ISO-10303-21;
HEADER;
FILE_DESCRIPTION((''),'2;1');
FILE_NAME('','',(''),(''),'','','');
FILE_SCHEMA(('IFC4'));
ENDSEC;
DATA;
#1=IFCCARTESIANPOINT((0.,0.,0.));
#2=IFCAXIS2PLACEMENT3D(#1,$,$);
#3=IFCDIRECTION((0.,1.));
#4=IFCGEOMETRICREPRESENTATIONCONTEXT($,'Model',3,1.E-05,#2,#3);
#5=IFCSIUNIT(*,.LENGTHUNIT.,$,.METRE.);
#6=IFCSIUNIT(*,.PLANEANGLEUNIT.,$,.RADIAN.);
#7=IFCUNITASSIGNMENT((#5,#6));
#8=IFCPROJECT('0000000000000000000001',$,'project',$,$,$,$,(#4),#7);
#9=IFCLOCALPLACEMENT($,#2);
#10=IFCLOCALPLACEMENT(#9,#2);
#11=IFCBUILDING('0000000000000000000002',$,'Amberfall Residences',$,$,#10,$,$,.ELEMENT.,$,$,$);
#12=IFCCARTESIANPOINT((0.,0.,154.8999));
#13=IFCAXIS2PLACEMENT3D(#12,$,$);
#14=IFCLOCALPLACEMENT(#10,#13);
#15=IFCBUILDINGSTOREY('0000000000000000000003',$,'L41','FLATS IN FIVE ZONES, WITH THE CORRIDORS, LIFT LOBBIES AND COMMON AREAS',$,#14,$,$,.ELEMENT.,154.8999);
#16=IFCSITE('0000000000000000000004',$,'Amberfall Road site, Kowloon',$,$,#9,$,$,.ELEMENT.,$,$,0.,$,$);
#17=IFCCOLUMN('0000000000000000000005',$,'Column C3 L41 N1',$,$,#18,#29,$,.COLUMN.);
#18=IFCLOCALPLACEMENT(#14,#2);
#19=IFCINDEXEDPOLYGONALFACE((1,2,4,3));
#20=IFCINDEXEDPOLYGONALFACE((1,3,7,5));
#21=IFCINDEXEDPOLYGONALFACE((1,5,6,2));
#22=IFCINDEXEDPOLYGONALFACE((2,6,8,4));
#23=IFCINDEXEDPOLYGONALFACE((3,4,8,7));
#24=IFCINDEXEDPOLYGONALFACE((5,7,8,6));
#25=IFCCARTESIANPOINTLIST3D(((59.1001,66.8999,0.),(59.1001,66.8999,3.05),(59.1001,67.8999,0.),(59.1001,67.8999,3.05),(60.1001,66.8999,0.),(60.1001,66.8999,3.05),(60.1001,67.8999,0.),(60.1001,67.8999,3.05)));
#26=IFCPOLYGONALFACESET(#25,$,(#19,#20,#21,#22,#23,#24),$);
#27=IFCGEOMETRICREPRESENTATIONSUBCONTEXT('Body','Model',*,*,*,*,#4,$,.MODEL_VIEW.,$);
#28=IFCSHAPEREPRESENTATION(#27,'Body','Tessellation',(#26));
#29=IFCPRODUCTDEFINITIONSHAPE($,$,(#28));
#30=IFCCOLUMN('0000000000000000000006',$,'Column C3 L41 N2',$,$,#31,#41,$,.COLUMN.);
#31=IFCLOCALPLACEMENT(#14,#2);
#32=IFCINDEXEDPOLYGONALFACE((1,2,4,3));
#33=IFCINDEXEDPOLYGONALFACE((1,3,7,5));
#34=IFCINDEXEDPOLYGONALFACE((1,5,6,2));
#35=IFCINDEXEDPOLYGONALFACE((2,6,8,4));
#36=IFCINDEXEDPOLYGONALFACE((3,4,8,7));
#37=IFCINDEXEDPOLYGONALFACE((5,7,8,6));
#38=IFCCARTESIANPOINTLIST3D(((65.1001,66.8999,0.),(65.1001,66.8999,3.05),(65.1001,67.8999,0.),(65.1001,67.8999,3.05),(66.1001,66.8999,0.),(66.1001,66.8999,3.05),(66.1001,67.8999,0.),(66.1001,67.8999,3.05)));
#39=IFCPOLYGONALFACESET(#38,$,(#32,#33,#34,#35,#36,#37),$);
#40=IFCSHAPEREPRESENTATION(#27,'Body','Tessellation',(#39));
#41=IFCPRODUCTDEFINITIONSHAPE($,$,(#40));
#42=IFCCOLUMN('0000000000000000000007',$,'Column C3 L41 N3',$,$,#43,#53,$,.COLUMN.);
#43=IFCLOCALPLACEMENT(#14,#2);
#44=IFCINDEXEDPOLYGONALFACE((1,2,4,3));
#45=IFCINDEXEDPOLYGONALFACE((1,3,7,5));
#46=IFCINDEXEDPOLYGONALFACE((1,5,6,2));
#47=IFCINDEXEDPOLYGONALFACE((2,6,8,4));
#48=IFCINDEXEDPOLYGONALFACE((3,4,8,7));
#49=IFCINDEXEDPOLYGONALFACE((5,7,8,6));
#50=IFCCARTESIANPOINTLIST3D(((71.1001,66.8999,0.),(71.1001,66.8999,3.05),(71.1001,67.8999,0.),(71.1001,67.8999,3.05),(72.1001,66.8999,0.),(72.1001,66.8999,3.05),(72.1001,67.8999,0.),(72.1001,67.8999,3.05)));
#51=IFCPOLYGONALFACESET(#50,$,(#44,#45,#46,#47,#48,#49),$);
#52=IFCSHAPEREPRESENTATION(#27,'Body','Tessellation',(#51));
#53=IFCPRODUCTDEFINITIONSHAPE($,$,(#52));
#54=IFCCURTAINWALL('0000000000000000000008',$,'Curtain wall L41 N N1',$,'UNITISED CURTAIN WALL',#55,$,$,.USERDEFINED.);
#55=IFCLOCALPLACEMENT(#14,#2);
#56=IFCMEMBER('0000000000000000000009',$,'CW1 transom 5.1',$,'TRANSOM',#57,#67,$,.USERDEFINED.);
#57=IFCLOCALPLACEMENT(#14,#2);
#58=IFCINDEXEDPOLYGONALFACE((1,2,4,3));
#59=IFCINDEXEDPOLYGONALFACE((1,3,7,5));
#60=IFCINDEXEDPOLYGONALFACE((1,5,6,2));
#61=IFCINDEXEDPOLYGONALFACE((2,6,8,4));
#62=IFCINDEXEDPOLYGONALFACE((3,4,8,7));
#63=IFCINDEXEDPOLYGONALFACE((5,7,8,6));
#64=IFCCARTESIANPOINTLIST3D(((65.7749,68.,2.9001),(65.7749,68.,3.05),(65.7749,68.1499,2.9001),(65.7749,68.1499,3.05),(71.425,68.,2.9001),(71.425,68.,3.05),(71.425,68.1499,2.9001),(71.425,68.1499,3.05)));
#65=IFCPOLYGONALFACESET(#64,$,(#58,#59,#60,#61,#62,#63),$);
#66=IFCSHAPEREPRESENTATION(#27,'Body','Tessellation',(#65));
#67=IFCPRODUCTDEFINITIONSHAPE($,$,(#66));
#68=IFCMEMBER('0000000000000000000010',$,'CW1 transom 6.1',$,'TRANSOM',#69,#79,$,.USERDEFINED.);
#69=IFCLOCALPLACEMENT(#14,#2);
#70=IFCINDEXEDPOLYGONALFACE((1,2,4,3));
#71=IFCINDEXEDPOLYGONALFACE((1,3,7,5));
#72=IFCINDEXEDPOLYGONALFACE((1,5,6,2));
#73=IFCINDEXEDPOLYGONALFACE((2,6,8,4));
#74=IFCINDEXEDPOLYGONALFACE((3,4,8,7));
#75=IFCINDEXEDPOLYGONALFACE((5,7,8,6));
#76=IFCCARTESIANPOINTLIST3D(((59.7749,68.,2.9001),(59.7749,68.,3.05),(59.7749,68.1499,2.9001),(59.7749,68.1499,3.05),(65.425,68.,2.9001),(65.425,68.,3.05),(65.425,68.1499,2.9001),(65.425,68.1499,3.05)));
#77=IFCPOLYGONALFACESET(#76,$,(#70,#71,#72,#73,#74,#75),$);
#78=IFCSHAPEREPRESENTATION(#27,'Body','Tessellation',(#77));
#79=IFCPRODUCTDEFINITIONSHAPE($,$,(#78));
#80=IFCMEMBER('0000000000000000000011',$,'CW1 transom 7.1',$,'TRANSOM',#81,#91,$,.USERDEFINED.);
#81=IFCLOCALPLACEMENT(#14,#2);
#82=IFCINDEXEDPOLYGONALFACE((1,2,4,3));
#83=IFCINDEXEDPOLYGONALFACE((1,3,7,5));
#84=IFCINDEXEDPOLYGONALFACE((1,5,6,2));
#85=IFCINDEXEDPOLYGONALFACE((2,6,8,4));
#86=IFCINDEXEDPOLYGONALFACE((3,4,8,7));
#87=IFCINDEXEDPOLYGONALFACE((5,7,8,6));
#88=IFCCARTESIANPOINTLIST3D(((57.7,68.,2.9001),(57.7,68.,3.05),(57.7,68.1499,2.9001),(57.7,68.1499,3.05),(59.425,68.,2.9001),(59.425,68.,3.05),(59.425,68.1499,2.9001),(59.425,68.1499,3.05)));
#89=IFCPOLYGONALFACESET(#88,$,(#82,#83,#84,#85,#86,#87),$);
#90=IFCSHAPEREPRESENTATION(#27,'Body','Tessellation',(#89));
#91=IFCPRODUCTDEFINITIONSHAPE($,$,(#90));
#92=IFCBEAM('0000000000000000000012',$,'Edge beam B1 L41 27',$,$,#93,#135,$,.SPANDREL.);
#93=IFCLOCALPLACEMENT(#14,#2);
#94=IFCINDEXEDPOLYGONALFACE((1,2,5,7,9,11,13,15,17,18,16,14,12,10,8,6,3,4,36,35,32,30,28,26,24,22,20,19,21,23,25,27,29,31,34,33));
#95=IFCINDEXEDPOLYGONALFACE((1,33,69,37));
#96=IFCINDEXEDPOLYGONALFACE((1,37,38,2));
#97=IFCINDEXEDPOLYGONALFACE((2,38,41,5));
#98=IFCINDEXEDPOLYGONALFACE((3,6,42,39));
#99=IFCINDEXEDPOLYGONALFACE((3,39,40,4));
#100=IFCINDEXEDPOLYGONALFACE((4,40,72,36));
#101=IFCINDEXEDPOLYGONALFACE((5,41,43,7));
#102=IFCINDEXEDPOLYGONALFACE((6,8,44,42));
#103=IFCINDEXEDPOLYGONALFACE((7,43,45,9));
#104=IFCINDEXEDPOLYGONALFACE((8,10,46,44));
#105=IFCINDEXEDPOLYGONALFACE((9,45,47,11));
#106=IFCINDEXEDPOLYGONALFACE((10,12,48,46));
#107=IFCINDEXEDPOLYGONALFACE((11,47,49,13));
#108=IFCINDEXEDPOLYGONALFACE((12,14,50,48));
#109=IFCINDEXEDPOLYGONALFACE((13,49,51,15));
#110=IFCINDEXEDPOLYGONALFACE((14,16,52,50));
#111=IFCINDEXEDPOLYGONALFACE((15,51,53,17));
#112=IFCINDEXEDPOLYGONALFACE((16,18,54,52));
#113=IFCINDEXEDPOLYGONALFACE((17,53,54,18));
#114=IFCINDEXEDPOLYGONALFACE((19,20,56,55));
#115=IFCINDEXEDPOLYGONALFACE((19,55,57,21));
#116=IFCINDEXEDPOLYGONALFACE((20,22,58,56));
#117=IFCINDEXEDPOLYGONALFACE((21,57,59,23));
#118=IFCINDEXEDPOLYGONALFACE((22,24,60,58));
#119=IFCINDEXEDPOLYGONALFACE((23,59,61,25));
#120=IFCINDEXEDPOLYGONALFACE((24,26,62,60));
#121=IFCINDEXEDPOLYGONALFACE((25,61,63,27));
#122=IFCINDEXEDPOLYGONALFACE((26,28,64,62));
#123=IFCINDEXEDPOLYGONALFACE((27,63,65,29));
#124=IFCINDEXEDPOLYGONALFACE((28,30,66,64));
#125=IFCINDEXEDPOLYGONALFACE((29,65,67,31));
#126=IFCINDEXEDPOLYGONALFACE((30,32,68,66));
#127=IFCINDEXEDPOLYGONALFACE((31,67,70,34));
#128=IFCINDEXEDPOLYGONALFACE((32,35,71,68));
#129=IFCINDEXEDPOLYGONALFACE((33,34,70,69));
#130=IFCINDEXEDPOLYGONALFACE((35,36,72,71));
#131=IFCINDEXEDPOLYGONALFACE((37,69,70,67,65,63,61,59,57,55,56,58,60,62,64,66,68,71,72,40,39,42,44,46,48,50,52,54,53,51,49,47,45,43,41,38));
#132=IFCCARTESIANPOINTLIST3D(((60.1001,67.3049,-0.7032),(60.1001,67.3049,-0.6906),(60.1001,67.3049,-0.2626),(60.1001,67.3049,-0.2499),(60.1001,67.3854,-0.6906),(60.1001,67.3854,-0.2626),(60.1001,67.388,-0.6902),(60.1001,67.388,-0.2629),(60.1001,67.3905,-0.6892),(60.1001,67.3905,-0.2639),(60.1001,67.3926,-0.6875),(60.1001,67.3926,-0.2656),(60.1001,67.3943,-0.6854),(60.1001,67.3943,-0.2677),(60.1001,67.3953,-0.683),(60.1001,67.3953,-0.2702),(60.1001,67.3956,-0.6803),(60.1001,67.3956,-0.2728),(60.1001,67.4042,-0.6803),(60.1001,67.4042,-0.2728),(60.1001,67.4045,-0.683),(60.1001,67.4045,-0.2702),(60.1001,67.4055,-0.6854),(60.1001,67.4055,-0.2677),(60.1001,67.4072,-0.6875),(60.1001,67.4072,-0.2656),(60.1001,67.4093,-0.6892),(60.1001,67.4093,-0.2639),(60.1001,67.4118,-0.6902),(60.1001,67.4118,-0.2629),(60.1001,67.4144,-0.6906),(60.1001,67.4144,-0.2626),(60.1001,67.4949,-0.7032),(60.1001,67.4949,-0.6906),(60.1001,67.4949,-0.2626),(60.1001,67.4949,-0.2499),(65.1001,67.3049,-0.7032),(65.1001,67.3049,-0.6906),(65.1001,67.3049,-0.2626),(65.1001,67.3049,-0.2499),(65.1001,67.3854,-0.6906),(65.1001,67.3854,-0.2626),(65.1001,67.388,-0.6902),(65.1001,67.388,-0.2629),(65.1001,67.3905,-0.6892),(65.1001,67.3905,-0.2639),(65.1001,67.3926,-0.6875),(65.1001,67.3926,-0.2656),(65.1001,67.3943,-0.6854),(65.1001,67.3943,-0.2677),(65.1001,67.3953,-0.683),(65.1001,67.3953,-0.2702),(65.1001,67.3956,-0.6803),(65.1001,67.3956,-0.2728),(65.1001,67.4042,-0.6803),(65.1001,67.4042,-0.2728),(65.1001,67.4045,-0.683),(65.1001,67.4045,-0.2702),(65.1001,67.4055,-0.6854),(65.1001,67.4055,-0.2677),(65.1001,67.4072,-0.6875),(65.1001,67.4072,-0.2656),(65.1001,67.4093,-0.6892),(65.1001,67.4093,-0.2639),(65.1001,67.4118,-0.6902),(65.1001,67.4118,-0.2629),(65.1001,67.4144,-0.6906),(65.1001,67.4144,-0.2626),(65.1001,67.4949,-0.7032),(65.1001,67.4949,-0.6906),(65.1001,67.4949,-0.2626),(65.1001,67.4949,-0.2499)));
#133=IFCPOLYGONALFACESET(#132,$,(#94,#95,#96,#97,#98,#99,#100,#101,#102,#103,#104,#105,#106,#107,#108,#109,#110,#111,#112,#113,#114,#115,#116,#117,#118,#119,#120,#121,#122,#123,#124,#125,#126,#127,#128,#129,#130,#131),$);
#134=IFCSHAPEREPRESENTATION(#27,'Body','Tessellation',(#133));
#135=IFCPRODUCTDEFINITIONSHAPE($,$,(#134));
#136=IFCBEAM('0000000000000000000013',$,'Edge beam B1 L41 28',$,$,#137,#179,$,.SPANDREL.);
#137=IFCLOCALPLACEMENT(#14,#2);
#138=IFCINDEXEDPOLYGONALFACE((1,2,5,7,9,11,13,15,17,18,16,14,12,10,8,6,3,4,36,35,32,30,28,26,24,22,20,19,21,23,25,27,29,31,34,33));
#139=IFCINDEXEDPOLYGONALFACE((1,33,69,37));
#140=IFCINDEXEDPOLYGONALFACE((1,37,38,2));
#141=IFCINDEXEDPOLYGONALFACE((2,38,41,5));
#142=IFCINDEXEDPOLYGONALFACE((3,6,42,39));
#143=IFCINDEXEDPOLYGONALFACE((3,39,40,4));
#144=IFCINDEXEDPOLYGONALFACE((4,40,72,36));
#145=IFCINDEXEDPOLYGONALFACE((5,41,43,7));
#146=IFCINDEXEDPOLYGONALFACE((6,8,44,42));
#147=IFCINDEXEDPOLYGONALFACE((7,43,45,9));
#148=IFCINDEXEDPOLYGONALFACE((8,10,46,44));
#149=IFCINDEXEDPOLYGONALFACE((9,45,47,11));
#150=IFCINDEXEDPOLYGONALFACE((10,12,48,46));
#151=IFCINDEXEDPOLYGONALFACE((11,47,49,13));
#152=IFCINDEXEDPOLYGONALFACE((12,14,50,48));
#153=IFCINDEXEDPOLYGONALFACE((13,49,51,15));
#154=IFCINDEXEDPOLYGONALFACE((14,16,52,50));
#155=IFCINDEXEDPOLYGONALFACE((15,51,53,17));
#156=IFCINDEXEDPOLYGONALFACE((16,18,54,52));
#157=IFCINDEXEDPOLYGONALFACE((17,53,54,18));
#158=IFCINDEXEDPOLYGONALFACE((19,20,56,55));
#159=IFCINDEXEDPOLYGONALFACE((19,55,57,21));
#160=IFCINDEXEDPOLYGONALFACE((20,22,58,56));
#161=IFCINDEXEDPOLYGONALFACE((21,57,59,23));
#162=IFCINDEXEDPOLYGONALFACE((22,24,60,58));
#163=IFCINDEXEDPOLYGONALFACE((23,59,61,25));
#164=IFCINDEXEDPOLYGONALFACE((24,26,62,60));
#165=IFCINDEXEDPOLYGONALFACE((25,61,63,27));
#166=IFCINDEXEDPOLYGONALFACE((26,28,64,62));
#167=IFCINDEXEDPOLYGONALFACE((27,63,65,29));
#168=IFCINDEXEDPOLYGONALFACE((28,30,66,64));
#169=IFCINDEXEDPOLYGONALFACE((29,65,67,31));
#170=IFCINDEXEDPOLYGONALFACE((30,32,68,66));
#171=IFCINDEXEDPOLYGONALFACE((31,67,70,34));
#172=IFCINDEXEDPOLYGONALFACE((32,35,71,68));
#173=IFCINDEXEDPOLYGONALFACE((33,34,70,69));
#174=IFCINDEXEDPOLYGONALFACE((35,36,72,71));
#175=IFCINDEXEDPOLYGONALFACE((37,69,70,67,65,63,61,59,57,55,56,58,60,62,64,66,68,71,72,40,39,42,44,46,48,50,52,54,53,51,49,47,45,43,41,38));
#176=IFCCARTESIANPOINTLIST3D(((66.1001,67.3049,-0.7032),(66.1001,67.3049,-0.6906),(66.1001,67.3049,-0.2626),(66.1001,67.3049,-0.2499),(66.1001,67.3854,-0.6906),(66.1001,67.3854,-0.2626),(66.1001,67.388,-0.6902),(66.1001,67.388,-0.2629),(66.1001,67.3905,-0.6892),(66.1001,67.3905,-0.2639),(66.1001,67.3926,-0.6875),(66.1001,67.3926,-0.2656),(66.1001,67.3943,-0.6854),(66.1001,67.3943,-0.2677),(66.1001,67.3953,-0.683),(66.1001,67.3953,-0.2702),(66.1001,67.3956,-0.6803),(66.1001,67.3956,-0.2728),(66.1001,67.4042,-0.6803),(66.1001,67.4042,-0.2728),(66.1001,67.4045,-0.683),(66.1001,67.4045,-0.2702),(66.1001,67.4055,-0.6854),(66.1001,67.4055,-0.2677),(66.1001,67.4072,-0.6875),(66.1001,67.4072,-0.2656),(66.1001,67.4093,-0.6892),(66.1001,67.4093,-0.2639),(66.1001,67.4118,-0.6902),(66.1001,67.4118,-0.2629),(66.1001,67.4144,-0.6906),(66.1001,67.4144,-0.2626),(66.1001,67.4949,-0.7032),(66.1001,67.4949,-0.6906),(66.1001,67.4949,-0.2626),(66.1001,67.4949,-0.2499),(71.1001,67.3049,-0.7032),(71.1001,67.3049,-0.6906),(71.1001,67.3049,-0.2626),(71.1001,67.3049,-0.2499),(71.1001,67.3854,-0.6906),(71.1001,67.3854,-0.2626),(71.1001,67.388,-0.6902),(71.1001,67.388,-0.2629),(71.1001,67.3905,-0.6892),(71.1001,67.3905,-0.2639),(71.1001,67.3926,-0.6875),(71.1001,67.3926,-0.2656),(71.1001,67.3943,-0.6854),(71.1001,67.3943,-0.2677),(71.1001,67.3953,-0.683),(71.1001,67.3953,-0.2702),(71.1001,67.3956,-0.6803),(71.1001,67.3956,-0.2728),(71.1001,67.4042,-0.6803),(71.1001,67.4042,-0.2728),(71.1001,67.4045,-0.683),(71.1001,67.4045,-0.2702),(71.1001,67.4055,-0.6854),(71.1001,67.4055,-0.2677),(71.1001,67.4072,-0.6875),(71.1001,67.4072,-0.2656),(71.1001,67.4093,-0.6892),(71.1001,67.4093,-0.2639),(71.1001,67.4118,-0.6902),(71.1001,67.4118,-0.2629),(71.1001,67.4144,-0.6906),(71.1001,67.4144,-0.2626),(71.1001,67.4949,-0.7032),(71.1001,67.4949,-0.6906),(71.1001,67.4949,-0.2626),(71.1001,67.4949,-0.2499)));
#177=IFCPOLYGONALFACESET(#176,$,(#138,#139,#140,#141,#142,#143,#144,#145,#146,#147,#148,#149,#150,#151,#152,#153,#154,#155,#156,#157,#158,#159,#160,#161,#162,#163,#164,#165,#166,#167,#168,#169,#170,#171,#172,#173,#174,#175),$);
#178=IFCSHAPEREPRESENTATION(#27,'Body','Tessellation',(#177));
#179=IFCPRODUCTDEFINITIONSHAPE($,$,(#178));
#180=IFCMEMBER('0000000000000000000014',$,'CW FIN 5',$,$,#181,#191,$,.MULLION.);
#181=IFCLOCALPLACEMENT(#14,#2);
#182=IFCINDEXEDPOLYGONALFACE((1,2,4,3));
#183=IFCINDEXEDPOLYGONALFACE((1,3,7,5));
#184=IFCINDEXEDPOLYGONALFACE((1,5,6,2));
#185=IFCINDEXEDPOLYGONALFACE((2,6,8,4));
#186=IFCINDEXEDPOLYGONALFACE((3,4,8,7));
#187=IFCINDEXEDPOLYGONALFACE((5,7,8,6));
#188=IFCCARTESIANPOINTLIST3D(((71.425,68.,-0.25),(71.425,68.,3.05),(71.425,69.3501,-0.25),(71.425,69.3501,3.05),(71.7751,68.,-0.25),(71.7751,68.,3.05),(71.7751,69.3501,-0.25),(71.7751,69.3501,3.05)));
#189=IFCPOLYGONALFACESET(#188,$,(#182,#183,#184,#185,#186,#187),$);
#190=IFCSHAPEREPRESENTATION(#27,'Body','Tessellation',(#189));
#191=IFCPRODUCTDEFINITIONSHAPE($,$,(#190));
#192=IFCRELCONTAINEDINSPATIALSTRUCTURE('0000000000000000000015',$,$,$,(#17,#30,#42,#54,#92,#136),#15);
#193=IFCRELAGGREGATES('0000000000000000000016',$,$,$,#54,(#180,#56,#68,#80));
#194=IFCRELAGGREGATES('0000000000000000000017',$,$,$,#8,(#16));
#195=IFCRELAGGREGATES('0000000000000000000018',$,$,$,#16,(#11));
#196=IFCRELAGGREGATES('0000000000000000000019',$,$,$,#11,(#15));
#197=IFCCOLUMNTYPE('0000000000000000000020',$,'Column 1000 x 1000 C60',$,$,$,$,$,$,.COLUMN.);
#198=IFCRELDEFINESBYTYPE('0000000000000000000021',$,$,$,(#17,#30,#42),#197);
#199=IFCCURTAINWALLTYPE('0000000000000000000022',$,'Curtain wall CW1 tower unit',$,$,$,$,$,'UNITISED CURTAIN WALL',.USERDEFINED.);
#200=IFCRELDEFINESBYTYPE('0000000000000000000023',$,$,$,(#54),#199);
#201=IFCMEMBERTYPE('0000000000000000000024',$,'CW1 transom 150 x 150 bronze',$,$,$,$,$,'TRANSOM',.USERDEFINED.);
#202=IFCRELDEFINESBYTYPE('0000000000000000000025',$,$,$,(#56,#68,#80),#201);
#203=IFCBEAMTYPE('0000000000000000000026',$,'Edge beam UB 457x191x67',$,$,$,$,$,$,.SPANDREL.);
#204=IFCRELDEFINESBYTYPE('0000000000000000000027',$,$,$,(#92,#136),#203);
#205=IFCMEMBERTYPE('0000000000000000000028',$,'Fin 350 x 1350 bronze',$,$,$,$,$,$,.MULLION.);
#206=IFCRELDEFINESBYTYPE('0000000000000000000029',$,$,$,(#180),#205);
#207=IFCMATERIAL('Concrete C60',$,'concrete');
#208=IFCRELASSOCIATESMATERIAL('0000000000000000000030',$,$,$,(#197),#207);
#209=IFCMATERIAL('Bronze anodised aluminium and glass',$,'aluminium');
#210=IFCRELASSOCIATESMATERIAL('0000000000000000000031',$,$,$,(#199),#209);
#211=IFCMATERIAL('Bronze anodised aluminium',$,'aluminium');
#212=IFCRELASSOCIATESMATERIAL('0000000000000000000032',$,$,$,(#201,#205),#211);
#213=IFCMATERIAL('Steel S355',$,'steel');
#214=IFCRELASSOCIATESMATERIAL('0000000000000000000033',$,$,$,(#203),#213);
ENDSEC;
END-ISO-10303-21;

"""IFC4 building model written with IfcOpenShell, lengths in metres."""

from ifc_helpers import new_model, si_unit, direction, frame, origin, origin_2d, place, context, subcontext, project, spatial, rectangle, i_section, extrude, material, material_profile, profile_set, type_object, element, aggregate, save


model = new_model("IFC4")

# Units and contexts
model_context = context("Model", 3, precision=1e-05, world=origin(), true_north=direction((0.0, 1.0)))
body_context = subcontext(model_context, "Body", "Model", "MODEL_VIEW")
ifc_project = project(units=[si_unit("LENGTHUNIT", "METRE"), si_unit("PLANEANGLEUNIT", "RADIAN")], contexts=[model_context])

# Site, building, storey
site_placement = place(None, origin())
site = spatial("IfcSite", under=ifc_project, at=site_placement, Name="Amberfall Road site, Kowloon", CompositionType="ELEMENT", RefElevation=0.0)
building_placement = place(site_placement, origin())
building = spatial("IfcBuilding", under=site, at=building_placement, Name="Amberfall Residences", CompositionType="ELEMENT")
storey_placement = place(building_placement, frame((0.0, 0.0, 154.8999)))
storey = spatial("IfcBuildingStorey", under=building, at=storey_placement, Name="L41", Description="FLATS IN FIVE ZONES, WITH THE CORRIDORS, LIFT LOBBIES AND COMMON AREAS", CompositionType="ELEMENT", Elevation=154.8999)

# Columns
ifc_material_1 = material(Name="Concrete C60", Category="concrete")
ifc_material_profile_1 = material_profile(ifc_material_1, rectangle(XDim=1.0, YDim=1.0, at=origin_2d()), Name="Column 1000 x 1000 C60")
ifc_profile_set_1 = profile_set([ifc_material_profile_1], Name="Concrete C60")
column_type = type_object("IfcColumnType", Name="Column 1000 x 1000 C60", PredefinedType="COLUMN", material=ifc_profile_set_1)
for number, where, z_axis, x_axis, name in (
    (1, (59.6001, 67.3999, 0.0), (0.0, 0.0, 1.0), (1.0, 0.0, 0.0), "Column C3 L41 N1"),
    (2, (65.6001, 67.3999, 0.0), (0.0, 0.0, 1.0), (1.0, 0.0, 0.0), "Column C3 L41 N2"),
    (3, (71.6001, 67.3999, 0.0), (0.0, 0.0, 1.0), (1.0, 0.0, 0.0), "Column C3 L41 N3"),
):
    element("IfcColumn", number, at=place(storey_placement, frame(where, z_axis=z_axis, x_axis=x_axis)), inside=storey, type_object=column_type, Name=name, PredefinedType="COLUMN", context=body_context, shape_type="SweptSolid", body=[
        extrude(rectangle(XDim=1.0, YDim=1.0, at=origin_2d()), origin(), (0.0, 0.0, 1.0), 3.05),
    ])

# Curtain wall, members
ifc_material_2 = material(Name="Bronze anodised aluminium and glass", Category="aluminium")
curtain_wall_type = type_object("IfcCurtainWallType", Name="Curtain wall CW1 tower unit", ElementType="UNITISED CURTAIN WALL", PredefinedType="USERDEFINED", material=ifc_material_2)
curtain_wall_placement = place(storey_placement, origin())
curtain_wall = element("IfcCurtainWall", 4, at=curtain_wall_placement, inside=storey, type_object=curtain_wall_type, Name="Curtain wall L41 N N1", ObjectType="UNITISED CURTAIN WALL", PredefinedType="USERDEFINED")
ifc_material_3 = material(Name="Bronze anodised aluminium", Category="aluminium")
ifc_material_profile_2 = material_profile(ifc_material_3, rectangle(XDim=0.1499, YDim=0.1499, at=origin_2d()), Name="CW1 transom 150 x 150 bronze")
ifc_profile_set_2 = profile_set([ifc_material_profile_2], Name="Bronze anodised aluminium")
member_type_1 = type_object("IfcMemberType", Name="CW1 transom 150 x 150 bronze", ElementType="TRANSOM", PredefinedType="USERDEFINED", material=ifc_profile_set_2)
member_1_placement = place(storey_placement, frame((71.425, 68.075, 2.9751), z_axis=(-1.0, 0.0, 0.0), x_axis=(0.0, -1.0, 0.0)))
member_1 = element("IfcMember", 5, at=member_1_placement, type_object=member_type_1, Name="CW1 transom 5.1", ObjectType="TRANSOM", PredefinedType="USERDEFINED", context=body_context, shape_type="SweptSolid", body=[
    extrude(rectangle(XDim=0.1499, YDim=0.1499, at=origin_2d()), origin(), (0.0, 0.0, 1.0), 5.6501),
])
member_2_placement = place(storey_placement, frame((65.425, 68.075, 2.9751), z_axis=(-1.0, 0.0, 0.0), x_axis=(0.0, -1.0, 0.0)))
member_2 = element("IfcMember", 6, at=member_2_placement, type_object=member_type_1, Name="CW1 transom 6.1", ObjectType="TRANSOM", PredefinedType="USERDEFINED", context=body_context, shape_type="SweptSolid", body=[
    extrude(rectangle(XDim=0.1499, YDim=0.1499, at=origin_2d()), origin(), (0.0, 0.0, 1.0), 5.6501),
])
member_3_placement = place(storey_placement, frame((59.425, 68.075, 2.9751), z_axis=(-1.0, 0.0, 0.0), x_axis=(0.0, -1.0, 0.0)))
member_3 = element("IfcMember", 7, at=member_3_placement, type_object=member_type_1, Name="CW1 transom 7.1", ObjectType="TRANSOM", PredefinedType="USERDEFINED", context=body_context, shape_type="SweptSolid", body=[
    extrude(rectangle(XDim=0.1499, YDim=0.1499, at=origin_2d()), origin(), (0.0, 0.0, 1.0), 1.7251),
])

# Beams
ifc_material_4 = material(Name="Steel S355", Category="steel")
ifc_material_profile_3 = material_profile(ifc_material_4, i_section(OverallWidth=0.1899, OverallDepth=0.4534, WebThickness=0.0085, FlangeThickness=0.0127, FilletRadius=0.0103, at=origin_2d()), Name="UB 457x191x67")
ifc_profile_set_3 = profile_set([ifc_material_profile_3], Name="Steel S355")
beam_type_1 = type_object("IfcBeamType", Name="Edge beam UB 457x191x67", PredefinedType="SPANDREL", material=ifc_profile_set_3)
for number, where, z_axis, x_axis, name in (
    (8, (60.1001, 67.3999, -0.4766), (1.0, 0.0, 0.0), (0.0, 1.0, 0.0), "Edge beam B1 L41 27"),
    (9, (66.1001, 67.3999, -0.4766), (1.0, 0.0, 0.0), (0.0, 1.0, 0.0), "Edge beam B1 L41 28"),
):
    element("IfcBeam", number, at=place(storey_placement, frame(where, z_axis=z_axis, x_axis=x_axis)), inside=storey, type_object=beam_type_1, Name=name, PredefinedType="SPANDREL", context=body_context, shape_type="SweptSolid", body=[
        extrude(i_section(OverallWidth=0.1899, OverallDepth=0.4534, WebThickness=0.0085, FlangeThickness=0.0127, FilletRadius=0.0103, at=origin_2d()), origin(), (0.0, 0.0, 1.0), 5.0),
    ])

# Member
ifc_material_profile_4 = material_profile(ifc_material_3, rectangle(XDim=1.3501, YDim=0.3501, at=origin_2d()), Name="Fin 350 x 1350 bronze")
ifc_profile_set_4 = profile_set([ifc_material_profile_4], Name="Bronze anodised aluminium")
member_type_2 = type_object("IfcMemberType", Name="Fin 350 x 1350 bronze", PredefinedType="MULLION", material=ifc_profile_set_4)
member_4_placement = place(storey_placement, frame((71.6001, 68.675, -0.25), z_axis=(0.0, 0.0, 1.0), x_axis=(0.0, -1.0, 0.0)))
member_4 = element("IfcMember", 10, at=member_4_placement, type_object=member_type_2, Name="CW FIN 5", PredefinedType="MULLION", context=body_context, shape_type="SweptSolid", body=[
    extrude(rectangle(XDim=1.3501, YDim=0.3501, at=origin_2d()), origin(), (0.0, 0.0, 1.0), 3.3),
])

aggregate(curtain_wall, [member_4, member_1, member_2, member_3])

save(model, "model.ifc")
